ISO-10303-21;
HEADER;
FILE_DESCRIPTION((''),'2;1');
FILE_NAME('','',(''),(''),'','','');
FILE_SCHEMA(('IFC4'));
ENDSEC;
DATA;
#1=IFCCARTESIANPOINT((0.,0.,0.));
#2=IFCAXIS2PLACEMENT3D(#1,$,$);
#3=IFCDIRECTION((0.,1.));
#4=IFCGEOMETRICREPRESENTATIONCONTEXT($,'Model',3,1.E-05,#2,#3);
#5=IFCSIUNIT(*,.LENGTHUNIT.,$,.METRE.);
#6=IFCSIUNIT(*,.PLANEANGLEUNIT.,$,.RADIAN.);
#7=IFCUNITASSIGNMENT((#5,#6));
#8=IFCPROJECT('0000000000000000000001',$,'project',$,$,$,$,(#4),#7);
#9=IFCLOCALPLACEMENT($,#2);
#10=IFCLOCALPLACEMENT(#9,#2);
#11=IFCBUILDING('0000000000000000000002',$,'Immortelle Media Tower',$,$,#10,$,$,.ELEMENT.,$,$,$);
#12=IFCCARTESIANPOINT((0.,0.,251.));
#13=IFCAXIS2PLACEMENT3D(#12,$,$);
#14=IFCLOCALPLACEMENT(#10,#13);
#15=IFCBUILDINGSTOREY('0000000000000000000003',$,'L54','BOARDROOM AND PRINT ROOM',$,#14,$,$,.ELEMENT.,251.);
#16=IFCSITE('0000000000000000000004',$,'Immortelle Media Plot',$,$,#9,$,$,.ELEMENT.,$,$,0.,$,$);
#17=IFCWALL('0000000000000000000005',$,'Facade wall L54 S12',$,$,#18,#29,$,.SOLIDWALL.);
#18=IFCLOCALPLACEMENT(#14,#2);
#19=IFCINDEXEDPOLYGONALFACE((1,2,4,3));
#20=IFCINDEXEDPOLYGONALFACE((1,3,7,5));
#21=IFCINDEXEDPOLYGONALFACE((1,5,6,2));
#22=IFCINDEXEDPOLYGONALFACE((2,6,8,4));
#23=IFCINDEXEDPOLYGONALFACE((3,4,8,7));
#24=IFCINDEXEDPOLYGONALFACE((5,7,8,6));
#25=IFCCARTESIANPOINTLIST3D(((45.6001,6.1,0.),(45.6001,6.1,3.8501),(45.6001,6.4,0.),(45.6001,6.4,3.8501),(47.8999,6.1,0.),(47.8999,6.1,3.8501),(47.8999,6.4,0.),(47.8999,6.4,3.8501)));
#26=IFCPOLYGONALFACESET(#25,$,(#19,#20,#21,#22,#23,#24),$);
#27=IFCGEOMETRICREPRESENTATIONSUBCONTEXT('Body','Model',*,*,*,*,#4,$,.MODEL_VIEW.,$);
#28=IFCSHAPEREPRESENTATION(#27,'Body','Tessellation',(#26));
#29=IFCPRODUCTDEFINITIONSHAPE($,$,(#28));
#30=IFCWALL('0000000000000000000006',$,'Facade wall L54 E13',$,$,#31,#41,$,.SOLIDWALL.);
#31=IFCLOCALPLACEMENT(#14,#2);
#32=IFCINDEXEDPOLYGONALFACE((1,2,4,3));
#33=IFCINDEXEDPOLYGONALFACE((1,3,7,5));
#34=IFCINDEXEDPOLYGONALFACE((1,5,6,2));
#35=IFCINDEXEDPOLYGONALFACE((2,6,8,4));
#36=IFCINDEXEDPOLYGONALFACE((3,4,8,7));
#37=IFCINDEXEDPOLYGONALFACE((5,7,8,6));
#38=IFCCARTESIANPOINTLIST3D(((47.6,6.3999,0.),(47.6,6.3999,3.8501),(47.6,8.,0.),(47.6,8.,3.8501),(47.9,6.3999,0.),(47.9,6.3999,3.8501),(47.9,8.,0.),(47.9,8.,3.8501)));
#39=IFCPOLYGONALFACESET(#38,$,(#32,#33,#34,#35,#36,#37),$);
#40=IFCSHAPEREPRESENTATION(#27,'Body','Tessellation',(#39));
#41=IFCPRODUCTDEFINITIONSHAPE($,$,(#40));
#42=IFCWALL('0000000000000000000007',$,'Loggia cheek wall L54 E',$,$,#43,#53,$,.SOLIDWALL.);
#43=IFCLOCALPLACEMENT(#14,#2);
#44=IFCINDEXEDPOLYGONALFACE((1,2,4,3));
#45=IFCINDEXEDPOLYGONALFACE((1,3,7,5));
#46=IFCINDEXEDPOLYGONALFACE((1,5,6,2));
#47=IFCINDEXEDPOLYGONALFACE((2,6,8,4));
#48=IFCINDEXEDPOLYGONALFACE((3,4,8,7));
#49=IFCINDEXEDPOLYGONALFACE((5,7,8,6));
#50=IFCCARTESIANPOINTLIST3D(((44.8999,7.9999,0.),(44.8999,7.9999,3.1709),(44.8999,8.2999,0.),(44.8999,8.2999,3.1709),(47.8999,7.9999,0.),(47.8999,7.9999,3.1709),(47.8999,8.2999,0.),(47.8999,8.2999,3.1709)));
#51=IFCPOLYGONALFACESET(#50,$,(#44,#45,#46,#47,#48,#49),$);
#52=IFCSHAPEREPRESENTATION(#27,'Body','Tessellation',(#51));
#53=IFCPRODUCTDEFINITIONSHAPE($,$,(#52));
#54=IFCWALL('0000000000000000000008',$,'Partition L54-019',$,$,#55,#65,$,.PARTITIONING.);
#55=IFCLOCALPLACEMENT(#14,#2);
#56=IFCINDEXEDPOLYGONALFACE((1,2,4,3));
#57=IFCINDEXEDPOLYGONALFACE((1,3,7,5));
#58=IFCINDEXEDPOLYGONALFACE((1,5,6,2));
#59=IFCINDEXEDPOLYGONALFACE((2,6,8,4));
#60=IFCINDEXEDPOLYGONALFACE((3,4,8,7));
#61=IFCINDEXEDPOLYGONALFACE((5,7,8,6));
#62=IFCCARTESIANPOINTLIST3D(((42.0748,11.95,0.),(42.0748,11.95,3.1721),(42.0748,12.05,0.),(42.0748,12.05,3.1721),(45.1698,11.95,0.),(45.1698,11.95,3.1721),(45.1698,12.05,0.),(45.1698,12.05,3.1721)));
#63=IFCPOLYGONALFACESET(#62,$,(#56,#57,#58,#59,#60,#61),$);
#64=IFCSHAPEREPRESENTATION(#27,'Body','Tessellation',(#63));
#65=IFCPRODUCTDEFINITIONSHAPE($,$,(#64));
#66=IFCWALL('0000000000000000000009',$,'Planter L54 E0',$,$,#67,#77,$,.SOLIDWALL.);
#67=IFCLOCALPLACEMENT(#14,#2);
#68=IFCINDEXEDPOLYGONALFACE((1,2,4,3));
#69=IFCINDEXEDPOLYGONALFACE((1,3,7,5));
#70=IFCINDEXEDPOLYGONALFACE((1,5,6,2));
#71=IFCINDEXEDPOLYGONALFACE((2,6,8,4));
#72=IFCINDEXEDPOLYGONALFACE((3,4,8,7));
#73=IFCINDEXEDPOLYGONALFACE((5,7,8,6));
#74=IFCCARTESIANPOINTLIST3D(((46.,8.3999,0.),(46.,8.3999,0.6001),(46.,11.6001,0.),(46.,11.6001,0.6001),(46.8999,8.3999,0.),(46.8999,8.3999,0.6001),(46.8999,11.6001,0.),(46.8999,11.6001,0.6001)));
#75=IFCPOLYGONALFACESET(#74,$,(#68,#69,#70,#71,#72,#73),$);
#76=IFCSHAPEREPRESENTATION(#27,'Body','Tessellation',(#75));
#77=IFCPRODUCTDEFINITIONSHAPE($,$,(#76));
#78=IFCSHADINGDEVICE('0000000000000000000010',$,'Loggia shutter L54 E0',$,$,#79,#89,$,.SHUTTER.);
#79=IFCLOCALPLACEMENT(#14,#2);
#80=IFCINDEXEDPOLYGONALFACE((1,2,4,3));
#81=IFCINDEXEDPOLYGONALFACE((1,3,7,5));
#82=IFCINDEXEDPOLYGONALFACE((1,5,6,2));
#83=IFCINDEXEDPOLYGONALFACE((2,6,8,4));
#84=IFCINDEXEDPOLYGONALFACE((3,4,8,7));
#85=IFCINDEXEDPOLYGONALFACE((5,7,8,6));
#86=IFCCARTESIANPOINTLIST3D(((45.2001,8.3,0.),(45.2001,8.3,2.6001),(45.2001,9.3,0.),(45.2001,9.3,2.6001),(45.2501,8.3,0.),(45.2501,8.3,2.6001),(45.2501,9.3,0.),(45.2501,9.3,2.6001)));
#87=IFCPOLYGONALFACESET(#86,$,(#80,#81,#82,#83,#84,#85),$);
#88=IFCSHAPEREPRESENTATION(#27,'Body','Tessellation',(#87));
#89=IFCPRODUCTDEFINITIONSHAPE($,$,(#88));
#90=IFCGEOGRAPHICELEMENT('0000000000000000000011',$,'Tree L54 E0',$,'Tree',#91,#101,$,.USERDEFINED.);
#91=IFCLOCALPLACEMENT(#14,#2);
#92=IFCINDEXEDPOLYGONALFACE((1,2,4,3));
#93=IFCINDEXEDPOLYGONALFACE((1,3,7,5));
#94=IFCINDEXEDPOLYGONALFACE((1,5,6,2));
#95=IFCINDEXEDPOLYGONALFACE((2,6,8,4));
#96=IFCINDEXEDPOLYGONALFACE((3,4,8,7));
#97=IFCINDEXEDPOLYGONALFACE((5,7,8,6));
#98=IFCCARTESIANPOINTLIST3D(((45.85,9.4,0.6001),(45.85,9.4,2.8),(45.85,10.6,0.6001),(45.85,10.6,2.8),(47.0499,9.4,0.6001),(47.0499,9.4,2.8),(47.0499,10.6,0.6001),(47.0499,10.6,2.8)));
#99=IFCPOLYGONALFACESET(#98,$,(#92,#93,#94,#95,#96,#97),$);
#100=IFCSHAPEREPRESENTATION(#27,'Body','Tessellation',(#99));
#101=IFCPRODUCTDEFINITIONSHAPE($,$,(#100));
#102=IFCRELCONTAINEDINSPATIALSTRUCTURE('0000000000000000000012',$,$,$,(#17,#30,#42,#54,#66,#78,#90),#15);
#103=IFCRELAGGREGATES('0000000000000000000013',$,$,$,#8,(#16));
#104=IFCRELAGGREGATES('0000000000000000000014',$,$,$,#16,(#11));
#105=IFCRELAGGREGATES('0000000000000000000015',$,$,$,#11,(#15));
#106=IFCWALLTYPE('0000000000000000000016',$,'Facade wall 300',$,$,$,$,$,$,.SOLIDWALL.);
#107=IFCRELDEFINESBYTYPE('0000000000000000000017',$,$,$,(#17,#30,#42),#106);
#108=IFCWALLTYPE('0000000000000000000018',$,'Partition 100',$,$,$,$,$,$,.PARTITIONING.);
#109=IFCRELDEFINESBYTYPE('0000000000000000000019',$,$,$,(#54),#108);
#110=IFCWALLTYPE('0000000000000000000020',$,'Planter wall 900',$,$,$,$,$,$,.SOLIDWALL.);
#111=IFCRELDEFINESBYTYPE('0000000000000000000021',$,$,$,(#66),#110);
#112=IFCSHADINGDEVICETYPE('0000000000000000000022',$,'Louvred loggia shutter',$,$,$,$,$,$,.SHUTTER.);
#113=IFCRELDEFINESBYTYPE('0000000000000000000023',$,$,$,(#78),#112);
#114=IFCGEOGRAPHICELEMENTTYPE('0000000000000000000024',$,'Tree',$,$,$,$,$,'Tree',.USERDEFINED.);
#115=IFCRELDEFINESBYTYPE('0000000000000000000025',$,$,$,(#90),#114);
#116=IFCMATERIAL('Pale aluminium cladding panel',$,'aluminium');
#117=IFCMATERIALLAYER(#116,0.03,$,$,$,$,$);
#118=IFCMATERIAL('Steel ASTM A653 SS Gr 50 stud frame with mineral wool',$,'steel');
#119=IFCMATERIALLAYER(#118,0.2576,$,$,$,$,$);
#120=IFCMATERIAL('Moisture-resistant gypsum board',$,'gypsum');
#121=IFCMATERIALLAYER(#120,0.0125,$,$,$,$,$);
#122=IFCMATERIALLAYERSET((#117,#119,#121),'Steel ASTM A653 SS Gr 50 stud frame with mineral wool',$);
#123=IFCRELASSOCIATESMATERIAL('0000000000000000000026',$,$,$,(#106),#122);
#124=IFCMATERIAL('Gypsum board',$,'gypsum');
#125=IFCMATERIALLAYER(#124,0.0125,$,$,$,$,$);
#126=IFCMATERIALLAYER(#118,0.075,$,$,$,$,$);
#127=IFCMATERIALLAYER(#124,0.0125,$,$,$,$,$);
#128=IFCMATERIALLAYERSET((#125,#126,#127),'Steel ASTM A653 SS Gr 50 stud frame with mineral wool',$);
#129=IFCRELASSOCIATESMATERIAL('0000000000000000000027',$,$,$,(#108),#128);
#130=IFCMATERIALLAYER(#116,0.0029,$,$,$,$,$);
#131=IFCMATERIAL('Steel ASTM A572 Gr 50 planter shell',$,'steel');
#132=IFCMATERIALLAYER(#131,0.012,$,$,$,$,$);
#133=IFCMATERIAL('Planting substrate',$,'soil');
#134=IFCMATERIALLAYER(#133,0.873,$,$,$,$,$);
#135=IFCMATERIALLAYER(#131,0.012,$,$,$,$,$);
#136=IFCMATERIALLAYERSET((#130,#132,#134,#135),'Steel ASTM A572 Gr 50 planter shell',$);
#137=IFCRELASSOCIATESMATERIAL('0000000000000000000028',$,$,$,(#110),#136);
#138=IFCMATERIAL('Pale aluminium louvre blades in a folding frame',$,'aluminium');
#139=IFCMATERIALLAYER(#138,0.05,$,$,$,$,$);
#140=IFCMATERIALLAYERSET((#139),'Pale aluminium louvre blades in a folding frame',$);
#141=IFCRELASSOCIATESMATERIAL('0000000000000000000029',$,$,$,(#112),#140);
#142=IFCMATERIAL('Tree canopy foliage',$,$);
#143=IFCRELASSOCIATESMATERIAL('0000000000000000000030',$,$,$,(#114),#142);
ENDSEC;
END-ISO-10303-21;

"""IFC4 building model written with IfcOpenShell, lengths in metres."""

from ifc_helpers import new_model, si_unit, direction, frame, frame_2d, origin, origin_2d, place, context, subcontext, project, spatial, rectangle, extrude, material, layer, layer_set, type_object, element, save


model = new_model("IFC4")

# Units and contexts
model_context = context("Model", 3, precision=1e-05, world=origin(), true_north=direction((0.0, 1.0)))
body_context = subcontext(model_context, "Body", "Model", "MODEL_VIEW")
ifc_project = project(units=[si_unit("LENGTHUNIT", "METRE"), si_unit("PLANEANGLEUNIT", "RADIAN")], contexts=[model_context])

# Site, building, storey
site_placement = place(None, origin())
site = spatial("IfcSite", under=ifc_project, at=site_placement, Name="Immortelle Media Plot", CompositionType="ELEMENT", RefElevation=0.0)
building_placement = place(site_placement, origin())
building = spatial("IfcBuilding", under=site, at=building_placement, Name="Immortelle Media Tower", CompositionType="ELEMENT")
storey_placement = place(building_placement, frame((0.0, 0.0, 251.0)))
storey = spatial("IfcBuildingStorey", under=building, at=storey_placement, Name="L54", Description="BOARDROOM AND PRINT ROOM", CompositionType="ELEMENT", Elevation=251.0)

# Walls
ifc_material_1 = material(Name="Pale aluminium cladding panel", Category="aluminium")
ifc_layer_1 = layer(ifc_material_1, 0.03)
ifc_material_2 = material(Name="Steel ASTM A653 SS Gr 50 stud frame with mineral wool", Category="steel")
ifc_layer_2 = layer(ifc_material_2, 0.2576)
ifc_material_3 = material(Name="Moisture-resistant gypsum board", Category="gypsum")
ifc_layer_3 = layer(ifc_material_3, 0.0125)
ifc_layer_set_1 = layer_set([ifc_layer_1, ifc_layer_2, ifc_layer_3], Name="Steel ASTM A653 SS Gr 50 stud frame with mineral wool")
wall_type_1 = type_object("IfcWallType", Name="Facade wall 300", PredefinedType="SOLIDWALL", material=ifc_layer_set_1)
wall_1_placement = place(storey_placement, frame((45.6001, 6.25, 0.0), z_axis=(0.0, 0.0, 1.0), x_axis=(1.0, 0.0, 0.0)))
element("IfcWall", 1, at=wall_1_placement, inside=storey, type_object=wall_type_1, Name="Facade wall L54 S12", PredefinedType="SOLIDWALL", context=body_context, shape_type="SweptSolid", body=[
    extrude(rectangle(XDim=2.2998, YDim=0.3, at=frame_2d((1.1499, 0.0))), origin(), (0.0, 0.0, 1.0), 3.8501),
])
wall_2_placement = place(storey_placement, frame((47.75, 6.3999, 0.0), z_axis=(0.0, 0.0, 1.0), x_axis=(0.0, 1.0, 0.0)))
element("IfcWall", 2, at=wall_2_placement, inside=storey, type_object=wall_type_1, Name="Facade wall L54 E13", PredefinedType="SOLIDWALL", context=body_context, shape_type="SweptSolid", body=[
    extrude(rectangle(XDim=1.6001, YDim=0.3, at=frame_2d((0.8, 0.0))), origin(), (0.0, 0.0, 1.0), 3.8501),
])

# Walls
wall_3_placement = place(storey_placement, frame((47.8999, 8.1499, 0.0), z_axis=(0.0, 0.0, 1.0), x_axis=(-1.0, 0.0, 0.0)))
element("IfcWall", 3, at=wall_3_placement, inside=storey, type_object=wall_type_1, Name="Loggia cheek wall L54 E", PredefinedType="SOLIDWALL", context=body_context, shape_type="SweptSolid", body=[
    extrude(rectangle(XDim=3.0, YDim=0.3, at=frame_2d((1.5, 0.0))), origin(), (0.0, 0.0, 1.0), 3.1709),
])
ifc_material_4 = material(Name="Gypsum board", Category="gypsum")
ifc_layer_4 = layer(ifc_material_4, 0.0125)
ifc_layer_5 = layer(ifc_material_2, 0.075)
ifc_layer_6 = layer(ifc_material_4, 0.0125)
ifc_layer_set_2 = layer_set([ifc_layer_4, ifc_layer_5, ifc_layer_6], Name="Steel ASTM A653 SS Gr 50 stud frame with mineral wool")
wall_type_2 = type_object("IfcWallType", Name="Partition 100", PredefinedType="PARTITIONING", material=ifc_layer_set_2)
wall_4_placement = place(storey_placement, frame((42.075, 12.0, 0.0), z_axis=(0.0, 0.0, 1.0), x_axis=(1.0, 0.0, 0.0)))
element("IfcWall", 4, at=wall_4_placement, inside=storey, type_object=wall_type_2, Name="Partition L54-019", PredefinedType="PARTITIONING", context=body_context, shape_type="SweptSolid", body=[
    extrude(rectangle(XDim=3.095, YDim=0.1001, at=frame_2d((1.5474, 0.0))), origin(), (0.0, 0.0, 1.0), 3.1721),
])
ifc_layer_7 = layer(ifc_material_1, 0.0029)
ifc_material_5 = material(Name="Steel ASTM A572 Gr 50 planter shell", Category="steel")
ifc_layer_8 = layer(ifc_material_5, 0.012)
ifc_material_6 = material(Name="Planting substrate", Category="soil")
ifc_layer_9 = layer(ifc_material_6, 0.873)
ifc_layer_10 = layer(ifc_material_5, 0.012)
ifc_layer_set_3 = layer_set([ifc_layer_7, ifc_layer_8, ifc_layer_9, ifc_layer_10], Name="Steel ASTM A572 Gr 50 planter shell")
wall_type_3 = type_object("IfcWallType", Name="Planter wall 900", PredefinedType="SOLIDWALL", material=ifc_layer_set_3)
wall_5_placement = place(storey_placement, frame((46.45, 8.3999, 0.0), z_axis=(0.0, 0.0, 1.0), x_axis=(0.0, 1.0, 0.0)))
element("IfcWall", 5, at=wall_5_placement, inside=storey, type_object=wall_type_3, Name="Planter L54 E0", PredefinedType="SOLIDWALL", context=body_context, shape_type="SweptSolid", body=[
    extrude(rectangle(XDim=3.2002, YDim=0.8999, at=frame_2d((1.6001, 0.0))), origin(), (0.0, 0.0, 1.0), 0.6001),
])

# Shading device
ifc_material_7 = material(Name="Pale aluminium louvre blades in a folding frame", Category="aluminium")
ifc_layer_11 = layer(ifc_material_7, 0.05)
ifc_layer_set_4 = layer_set([ifc_layer_11], Name="Pale aluminium louvre blades in a folding frame")
shading_device_type = type_object("IfcShadingDeviceType", Name="Louvred loggia shutter", PredefinedType="SHUTTER", material=ifc_layer_set_4)
shading_device_placement = place(storey_placement, frame((45.2251, 8.8, 0.0), z_axis=(0.0, 0.0, 1.0), x_axis=(0.0, 1.0, 0.0)))
element("IfcShadingDevice", 6, at=shading_device_placement, inside=storey, type_object=shading_device_type, Name="Loggia shutter L54 E0", PredefinedType="SHUTTER", context=body_context, shape_type="SweptSolid", body=[
    extrude(rectangle(XDim=1.0, YDim=0.05, at=origin_2d()), origin(), (0.0, 0.0, 1.0), 2.6001),
])

# Geographic element
ifc_material_8 = material(Name="Tree canopy foliage")
geographic_element_type = type_object("IfcGeographicElementType", Name="Tree", ElementType="Tree", PredefinedType="USERDEFINED", material=ifc_material_8)
geographic_element_placement = place(storey_placement, frame((46.45, 10.0, 0.6001), z_axis=(0.0, 0.0, 1.0), x_axis=(1.0, 0.0, 0.0)))
element("IfcGeographicElement", 7, at=geographic_element_placement, inside=storey, type_object=geographic_element_type, Name="Tree L54 E0", ObjectType="Tree", PredefinedType="USERDEFINED", context=body_context, shape_type="SweptSolid", body=[
    extrude(rectangle(XDim=1.2, YDim=1.2, at=origin_2d()), origin(), (0.0, 0.0, 1.0), 2.2),
])

save(model, "model.ifc")
